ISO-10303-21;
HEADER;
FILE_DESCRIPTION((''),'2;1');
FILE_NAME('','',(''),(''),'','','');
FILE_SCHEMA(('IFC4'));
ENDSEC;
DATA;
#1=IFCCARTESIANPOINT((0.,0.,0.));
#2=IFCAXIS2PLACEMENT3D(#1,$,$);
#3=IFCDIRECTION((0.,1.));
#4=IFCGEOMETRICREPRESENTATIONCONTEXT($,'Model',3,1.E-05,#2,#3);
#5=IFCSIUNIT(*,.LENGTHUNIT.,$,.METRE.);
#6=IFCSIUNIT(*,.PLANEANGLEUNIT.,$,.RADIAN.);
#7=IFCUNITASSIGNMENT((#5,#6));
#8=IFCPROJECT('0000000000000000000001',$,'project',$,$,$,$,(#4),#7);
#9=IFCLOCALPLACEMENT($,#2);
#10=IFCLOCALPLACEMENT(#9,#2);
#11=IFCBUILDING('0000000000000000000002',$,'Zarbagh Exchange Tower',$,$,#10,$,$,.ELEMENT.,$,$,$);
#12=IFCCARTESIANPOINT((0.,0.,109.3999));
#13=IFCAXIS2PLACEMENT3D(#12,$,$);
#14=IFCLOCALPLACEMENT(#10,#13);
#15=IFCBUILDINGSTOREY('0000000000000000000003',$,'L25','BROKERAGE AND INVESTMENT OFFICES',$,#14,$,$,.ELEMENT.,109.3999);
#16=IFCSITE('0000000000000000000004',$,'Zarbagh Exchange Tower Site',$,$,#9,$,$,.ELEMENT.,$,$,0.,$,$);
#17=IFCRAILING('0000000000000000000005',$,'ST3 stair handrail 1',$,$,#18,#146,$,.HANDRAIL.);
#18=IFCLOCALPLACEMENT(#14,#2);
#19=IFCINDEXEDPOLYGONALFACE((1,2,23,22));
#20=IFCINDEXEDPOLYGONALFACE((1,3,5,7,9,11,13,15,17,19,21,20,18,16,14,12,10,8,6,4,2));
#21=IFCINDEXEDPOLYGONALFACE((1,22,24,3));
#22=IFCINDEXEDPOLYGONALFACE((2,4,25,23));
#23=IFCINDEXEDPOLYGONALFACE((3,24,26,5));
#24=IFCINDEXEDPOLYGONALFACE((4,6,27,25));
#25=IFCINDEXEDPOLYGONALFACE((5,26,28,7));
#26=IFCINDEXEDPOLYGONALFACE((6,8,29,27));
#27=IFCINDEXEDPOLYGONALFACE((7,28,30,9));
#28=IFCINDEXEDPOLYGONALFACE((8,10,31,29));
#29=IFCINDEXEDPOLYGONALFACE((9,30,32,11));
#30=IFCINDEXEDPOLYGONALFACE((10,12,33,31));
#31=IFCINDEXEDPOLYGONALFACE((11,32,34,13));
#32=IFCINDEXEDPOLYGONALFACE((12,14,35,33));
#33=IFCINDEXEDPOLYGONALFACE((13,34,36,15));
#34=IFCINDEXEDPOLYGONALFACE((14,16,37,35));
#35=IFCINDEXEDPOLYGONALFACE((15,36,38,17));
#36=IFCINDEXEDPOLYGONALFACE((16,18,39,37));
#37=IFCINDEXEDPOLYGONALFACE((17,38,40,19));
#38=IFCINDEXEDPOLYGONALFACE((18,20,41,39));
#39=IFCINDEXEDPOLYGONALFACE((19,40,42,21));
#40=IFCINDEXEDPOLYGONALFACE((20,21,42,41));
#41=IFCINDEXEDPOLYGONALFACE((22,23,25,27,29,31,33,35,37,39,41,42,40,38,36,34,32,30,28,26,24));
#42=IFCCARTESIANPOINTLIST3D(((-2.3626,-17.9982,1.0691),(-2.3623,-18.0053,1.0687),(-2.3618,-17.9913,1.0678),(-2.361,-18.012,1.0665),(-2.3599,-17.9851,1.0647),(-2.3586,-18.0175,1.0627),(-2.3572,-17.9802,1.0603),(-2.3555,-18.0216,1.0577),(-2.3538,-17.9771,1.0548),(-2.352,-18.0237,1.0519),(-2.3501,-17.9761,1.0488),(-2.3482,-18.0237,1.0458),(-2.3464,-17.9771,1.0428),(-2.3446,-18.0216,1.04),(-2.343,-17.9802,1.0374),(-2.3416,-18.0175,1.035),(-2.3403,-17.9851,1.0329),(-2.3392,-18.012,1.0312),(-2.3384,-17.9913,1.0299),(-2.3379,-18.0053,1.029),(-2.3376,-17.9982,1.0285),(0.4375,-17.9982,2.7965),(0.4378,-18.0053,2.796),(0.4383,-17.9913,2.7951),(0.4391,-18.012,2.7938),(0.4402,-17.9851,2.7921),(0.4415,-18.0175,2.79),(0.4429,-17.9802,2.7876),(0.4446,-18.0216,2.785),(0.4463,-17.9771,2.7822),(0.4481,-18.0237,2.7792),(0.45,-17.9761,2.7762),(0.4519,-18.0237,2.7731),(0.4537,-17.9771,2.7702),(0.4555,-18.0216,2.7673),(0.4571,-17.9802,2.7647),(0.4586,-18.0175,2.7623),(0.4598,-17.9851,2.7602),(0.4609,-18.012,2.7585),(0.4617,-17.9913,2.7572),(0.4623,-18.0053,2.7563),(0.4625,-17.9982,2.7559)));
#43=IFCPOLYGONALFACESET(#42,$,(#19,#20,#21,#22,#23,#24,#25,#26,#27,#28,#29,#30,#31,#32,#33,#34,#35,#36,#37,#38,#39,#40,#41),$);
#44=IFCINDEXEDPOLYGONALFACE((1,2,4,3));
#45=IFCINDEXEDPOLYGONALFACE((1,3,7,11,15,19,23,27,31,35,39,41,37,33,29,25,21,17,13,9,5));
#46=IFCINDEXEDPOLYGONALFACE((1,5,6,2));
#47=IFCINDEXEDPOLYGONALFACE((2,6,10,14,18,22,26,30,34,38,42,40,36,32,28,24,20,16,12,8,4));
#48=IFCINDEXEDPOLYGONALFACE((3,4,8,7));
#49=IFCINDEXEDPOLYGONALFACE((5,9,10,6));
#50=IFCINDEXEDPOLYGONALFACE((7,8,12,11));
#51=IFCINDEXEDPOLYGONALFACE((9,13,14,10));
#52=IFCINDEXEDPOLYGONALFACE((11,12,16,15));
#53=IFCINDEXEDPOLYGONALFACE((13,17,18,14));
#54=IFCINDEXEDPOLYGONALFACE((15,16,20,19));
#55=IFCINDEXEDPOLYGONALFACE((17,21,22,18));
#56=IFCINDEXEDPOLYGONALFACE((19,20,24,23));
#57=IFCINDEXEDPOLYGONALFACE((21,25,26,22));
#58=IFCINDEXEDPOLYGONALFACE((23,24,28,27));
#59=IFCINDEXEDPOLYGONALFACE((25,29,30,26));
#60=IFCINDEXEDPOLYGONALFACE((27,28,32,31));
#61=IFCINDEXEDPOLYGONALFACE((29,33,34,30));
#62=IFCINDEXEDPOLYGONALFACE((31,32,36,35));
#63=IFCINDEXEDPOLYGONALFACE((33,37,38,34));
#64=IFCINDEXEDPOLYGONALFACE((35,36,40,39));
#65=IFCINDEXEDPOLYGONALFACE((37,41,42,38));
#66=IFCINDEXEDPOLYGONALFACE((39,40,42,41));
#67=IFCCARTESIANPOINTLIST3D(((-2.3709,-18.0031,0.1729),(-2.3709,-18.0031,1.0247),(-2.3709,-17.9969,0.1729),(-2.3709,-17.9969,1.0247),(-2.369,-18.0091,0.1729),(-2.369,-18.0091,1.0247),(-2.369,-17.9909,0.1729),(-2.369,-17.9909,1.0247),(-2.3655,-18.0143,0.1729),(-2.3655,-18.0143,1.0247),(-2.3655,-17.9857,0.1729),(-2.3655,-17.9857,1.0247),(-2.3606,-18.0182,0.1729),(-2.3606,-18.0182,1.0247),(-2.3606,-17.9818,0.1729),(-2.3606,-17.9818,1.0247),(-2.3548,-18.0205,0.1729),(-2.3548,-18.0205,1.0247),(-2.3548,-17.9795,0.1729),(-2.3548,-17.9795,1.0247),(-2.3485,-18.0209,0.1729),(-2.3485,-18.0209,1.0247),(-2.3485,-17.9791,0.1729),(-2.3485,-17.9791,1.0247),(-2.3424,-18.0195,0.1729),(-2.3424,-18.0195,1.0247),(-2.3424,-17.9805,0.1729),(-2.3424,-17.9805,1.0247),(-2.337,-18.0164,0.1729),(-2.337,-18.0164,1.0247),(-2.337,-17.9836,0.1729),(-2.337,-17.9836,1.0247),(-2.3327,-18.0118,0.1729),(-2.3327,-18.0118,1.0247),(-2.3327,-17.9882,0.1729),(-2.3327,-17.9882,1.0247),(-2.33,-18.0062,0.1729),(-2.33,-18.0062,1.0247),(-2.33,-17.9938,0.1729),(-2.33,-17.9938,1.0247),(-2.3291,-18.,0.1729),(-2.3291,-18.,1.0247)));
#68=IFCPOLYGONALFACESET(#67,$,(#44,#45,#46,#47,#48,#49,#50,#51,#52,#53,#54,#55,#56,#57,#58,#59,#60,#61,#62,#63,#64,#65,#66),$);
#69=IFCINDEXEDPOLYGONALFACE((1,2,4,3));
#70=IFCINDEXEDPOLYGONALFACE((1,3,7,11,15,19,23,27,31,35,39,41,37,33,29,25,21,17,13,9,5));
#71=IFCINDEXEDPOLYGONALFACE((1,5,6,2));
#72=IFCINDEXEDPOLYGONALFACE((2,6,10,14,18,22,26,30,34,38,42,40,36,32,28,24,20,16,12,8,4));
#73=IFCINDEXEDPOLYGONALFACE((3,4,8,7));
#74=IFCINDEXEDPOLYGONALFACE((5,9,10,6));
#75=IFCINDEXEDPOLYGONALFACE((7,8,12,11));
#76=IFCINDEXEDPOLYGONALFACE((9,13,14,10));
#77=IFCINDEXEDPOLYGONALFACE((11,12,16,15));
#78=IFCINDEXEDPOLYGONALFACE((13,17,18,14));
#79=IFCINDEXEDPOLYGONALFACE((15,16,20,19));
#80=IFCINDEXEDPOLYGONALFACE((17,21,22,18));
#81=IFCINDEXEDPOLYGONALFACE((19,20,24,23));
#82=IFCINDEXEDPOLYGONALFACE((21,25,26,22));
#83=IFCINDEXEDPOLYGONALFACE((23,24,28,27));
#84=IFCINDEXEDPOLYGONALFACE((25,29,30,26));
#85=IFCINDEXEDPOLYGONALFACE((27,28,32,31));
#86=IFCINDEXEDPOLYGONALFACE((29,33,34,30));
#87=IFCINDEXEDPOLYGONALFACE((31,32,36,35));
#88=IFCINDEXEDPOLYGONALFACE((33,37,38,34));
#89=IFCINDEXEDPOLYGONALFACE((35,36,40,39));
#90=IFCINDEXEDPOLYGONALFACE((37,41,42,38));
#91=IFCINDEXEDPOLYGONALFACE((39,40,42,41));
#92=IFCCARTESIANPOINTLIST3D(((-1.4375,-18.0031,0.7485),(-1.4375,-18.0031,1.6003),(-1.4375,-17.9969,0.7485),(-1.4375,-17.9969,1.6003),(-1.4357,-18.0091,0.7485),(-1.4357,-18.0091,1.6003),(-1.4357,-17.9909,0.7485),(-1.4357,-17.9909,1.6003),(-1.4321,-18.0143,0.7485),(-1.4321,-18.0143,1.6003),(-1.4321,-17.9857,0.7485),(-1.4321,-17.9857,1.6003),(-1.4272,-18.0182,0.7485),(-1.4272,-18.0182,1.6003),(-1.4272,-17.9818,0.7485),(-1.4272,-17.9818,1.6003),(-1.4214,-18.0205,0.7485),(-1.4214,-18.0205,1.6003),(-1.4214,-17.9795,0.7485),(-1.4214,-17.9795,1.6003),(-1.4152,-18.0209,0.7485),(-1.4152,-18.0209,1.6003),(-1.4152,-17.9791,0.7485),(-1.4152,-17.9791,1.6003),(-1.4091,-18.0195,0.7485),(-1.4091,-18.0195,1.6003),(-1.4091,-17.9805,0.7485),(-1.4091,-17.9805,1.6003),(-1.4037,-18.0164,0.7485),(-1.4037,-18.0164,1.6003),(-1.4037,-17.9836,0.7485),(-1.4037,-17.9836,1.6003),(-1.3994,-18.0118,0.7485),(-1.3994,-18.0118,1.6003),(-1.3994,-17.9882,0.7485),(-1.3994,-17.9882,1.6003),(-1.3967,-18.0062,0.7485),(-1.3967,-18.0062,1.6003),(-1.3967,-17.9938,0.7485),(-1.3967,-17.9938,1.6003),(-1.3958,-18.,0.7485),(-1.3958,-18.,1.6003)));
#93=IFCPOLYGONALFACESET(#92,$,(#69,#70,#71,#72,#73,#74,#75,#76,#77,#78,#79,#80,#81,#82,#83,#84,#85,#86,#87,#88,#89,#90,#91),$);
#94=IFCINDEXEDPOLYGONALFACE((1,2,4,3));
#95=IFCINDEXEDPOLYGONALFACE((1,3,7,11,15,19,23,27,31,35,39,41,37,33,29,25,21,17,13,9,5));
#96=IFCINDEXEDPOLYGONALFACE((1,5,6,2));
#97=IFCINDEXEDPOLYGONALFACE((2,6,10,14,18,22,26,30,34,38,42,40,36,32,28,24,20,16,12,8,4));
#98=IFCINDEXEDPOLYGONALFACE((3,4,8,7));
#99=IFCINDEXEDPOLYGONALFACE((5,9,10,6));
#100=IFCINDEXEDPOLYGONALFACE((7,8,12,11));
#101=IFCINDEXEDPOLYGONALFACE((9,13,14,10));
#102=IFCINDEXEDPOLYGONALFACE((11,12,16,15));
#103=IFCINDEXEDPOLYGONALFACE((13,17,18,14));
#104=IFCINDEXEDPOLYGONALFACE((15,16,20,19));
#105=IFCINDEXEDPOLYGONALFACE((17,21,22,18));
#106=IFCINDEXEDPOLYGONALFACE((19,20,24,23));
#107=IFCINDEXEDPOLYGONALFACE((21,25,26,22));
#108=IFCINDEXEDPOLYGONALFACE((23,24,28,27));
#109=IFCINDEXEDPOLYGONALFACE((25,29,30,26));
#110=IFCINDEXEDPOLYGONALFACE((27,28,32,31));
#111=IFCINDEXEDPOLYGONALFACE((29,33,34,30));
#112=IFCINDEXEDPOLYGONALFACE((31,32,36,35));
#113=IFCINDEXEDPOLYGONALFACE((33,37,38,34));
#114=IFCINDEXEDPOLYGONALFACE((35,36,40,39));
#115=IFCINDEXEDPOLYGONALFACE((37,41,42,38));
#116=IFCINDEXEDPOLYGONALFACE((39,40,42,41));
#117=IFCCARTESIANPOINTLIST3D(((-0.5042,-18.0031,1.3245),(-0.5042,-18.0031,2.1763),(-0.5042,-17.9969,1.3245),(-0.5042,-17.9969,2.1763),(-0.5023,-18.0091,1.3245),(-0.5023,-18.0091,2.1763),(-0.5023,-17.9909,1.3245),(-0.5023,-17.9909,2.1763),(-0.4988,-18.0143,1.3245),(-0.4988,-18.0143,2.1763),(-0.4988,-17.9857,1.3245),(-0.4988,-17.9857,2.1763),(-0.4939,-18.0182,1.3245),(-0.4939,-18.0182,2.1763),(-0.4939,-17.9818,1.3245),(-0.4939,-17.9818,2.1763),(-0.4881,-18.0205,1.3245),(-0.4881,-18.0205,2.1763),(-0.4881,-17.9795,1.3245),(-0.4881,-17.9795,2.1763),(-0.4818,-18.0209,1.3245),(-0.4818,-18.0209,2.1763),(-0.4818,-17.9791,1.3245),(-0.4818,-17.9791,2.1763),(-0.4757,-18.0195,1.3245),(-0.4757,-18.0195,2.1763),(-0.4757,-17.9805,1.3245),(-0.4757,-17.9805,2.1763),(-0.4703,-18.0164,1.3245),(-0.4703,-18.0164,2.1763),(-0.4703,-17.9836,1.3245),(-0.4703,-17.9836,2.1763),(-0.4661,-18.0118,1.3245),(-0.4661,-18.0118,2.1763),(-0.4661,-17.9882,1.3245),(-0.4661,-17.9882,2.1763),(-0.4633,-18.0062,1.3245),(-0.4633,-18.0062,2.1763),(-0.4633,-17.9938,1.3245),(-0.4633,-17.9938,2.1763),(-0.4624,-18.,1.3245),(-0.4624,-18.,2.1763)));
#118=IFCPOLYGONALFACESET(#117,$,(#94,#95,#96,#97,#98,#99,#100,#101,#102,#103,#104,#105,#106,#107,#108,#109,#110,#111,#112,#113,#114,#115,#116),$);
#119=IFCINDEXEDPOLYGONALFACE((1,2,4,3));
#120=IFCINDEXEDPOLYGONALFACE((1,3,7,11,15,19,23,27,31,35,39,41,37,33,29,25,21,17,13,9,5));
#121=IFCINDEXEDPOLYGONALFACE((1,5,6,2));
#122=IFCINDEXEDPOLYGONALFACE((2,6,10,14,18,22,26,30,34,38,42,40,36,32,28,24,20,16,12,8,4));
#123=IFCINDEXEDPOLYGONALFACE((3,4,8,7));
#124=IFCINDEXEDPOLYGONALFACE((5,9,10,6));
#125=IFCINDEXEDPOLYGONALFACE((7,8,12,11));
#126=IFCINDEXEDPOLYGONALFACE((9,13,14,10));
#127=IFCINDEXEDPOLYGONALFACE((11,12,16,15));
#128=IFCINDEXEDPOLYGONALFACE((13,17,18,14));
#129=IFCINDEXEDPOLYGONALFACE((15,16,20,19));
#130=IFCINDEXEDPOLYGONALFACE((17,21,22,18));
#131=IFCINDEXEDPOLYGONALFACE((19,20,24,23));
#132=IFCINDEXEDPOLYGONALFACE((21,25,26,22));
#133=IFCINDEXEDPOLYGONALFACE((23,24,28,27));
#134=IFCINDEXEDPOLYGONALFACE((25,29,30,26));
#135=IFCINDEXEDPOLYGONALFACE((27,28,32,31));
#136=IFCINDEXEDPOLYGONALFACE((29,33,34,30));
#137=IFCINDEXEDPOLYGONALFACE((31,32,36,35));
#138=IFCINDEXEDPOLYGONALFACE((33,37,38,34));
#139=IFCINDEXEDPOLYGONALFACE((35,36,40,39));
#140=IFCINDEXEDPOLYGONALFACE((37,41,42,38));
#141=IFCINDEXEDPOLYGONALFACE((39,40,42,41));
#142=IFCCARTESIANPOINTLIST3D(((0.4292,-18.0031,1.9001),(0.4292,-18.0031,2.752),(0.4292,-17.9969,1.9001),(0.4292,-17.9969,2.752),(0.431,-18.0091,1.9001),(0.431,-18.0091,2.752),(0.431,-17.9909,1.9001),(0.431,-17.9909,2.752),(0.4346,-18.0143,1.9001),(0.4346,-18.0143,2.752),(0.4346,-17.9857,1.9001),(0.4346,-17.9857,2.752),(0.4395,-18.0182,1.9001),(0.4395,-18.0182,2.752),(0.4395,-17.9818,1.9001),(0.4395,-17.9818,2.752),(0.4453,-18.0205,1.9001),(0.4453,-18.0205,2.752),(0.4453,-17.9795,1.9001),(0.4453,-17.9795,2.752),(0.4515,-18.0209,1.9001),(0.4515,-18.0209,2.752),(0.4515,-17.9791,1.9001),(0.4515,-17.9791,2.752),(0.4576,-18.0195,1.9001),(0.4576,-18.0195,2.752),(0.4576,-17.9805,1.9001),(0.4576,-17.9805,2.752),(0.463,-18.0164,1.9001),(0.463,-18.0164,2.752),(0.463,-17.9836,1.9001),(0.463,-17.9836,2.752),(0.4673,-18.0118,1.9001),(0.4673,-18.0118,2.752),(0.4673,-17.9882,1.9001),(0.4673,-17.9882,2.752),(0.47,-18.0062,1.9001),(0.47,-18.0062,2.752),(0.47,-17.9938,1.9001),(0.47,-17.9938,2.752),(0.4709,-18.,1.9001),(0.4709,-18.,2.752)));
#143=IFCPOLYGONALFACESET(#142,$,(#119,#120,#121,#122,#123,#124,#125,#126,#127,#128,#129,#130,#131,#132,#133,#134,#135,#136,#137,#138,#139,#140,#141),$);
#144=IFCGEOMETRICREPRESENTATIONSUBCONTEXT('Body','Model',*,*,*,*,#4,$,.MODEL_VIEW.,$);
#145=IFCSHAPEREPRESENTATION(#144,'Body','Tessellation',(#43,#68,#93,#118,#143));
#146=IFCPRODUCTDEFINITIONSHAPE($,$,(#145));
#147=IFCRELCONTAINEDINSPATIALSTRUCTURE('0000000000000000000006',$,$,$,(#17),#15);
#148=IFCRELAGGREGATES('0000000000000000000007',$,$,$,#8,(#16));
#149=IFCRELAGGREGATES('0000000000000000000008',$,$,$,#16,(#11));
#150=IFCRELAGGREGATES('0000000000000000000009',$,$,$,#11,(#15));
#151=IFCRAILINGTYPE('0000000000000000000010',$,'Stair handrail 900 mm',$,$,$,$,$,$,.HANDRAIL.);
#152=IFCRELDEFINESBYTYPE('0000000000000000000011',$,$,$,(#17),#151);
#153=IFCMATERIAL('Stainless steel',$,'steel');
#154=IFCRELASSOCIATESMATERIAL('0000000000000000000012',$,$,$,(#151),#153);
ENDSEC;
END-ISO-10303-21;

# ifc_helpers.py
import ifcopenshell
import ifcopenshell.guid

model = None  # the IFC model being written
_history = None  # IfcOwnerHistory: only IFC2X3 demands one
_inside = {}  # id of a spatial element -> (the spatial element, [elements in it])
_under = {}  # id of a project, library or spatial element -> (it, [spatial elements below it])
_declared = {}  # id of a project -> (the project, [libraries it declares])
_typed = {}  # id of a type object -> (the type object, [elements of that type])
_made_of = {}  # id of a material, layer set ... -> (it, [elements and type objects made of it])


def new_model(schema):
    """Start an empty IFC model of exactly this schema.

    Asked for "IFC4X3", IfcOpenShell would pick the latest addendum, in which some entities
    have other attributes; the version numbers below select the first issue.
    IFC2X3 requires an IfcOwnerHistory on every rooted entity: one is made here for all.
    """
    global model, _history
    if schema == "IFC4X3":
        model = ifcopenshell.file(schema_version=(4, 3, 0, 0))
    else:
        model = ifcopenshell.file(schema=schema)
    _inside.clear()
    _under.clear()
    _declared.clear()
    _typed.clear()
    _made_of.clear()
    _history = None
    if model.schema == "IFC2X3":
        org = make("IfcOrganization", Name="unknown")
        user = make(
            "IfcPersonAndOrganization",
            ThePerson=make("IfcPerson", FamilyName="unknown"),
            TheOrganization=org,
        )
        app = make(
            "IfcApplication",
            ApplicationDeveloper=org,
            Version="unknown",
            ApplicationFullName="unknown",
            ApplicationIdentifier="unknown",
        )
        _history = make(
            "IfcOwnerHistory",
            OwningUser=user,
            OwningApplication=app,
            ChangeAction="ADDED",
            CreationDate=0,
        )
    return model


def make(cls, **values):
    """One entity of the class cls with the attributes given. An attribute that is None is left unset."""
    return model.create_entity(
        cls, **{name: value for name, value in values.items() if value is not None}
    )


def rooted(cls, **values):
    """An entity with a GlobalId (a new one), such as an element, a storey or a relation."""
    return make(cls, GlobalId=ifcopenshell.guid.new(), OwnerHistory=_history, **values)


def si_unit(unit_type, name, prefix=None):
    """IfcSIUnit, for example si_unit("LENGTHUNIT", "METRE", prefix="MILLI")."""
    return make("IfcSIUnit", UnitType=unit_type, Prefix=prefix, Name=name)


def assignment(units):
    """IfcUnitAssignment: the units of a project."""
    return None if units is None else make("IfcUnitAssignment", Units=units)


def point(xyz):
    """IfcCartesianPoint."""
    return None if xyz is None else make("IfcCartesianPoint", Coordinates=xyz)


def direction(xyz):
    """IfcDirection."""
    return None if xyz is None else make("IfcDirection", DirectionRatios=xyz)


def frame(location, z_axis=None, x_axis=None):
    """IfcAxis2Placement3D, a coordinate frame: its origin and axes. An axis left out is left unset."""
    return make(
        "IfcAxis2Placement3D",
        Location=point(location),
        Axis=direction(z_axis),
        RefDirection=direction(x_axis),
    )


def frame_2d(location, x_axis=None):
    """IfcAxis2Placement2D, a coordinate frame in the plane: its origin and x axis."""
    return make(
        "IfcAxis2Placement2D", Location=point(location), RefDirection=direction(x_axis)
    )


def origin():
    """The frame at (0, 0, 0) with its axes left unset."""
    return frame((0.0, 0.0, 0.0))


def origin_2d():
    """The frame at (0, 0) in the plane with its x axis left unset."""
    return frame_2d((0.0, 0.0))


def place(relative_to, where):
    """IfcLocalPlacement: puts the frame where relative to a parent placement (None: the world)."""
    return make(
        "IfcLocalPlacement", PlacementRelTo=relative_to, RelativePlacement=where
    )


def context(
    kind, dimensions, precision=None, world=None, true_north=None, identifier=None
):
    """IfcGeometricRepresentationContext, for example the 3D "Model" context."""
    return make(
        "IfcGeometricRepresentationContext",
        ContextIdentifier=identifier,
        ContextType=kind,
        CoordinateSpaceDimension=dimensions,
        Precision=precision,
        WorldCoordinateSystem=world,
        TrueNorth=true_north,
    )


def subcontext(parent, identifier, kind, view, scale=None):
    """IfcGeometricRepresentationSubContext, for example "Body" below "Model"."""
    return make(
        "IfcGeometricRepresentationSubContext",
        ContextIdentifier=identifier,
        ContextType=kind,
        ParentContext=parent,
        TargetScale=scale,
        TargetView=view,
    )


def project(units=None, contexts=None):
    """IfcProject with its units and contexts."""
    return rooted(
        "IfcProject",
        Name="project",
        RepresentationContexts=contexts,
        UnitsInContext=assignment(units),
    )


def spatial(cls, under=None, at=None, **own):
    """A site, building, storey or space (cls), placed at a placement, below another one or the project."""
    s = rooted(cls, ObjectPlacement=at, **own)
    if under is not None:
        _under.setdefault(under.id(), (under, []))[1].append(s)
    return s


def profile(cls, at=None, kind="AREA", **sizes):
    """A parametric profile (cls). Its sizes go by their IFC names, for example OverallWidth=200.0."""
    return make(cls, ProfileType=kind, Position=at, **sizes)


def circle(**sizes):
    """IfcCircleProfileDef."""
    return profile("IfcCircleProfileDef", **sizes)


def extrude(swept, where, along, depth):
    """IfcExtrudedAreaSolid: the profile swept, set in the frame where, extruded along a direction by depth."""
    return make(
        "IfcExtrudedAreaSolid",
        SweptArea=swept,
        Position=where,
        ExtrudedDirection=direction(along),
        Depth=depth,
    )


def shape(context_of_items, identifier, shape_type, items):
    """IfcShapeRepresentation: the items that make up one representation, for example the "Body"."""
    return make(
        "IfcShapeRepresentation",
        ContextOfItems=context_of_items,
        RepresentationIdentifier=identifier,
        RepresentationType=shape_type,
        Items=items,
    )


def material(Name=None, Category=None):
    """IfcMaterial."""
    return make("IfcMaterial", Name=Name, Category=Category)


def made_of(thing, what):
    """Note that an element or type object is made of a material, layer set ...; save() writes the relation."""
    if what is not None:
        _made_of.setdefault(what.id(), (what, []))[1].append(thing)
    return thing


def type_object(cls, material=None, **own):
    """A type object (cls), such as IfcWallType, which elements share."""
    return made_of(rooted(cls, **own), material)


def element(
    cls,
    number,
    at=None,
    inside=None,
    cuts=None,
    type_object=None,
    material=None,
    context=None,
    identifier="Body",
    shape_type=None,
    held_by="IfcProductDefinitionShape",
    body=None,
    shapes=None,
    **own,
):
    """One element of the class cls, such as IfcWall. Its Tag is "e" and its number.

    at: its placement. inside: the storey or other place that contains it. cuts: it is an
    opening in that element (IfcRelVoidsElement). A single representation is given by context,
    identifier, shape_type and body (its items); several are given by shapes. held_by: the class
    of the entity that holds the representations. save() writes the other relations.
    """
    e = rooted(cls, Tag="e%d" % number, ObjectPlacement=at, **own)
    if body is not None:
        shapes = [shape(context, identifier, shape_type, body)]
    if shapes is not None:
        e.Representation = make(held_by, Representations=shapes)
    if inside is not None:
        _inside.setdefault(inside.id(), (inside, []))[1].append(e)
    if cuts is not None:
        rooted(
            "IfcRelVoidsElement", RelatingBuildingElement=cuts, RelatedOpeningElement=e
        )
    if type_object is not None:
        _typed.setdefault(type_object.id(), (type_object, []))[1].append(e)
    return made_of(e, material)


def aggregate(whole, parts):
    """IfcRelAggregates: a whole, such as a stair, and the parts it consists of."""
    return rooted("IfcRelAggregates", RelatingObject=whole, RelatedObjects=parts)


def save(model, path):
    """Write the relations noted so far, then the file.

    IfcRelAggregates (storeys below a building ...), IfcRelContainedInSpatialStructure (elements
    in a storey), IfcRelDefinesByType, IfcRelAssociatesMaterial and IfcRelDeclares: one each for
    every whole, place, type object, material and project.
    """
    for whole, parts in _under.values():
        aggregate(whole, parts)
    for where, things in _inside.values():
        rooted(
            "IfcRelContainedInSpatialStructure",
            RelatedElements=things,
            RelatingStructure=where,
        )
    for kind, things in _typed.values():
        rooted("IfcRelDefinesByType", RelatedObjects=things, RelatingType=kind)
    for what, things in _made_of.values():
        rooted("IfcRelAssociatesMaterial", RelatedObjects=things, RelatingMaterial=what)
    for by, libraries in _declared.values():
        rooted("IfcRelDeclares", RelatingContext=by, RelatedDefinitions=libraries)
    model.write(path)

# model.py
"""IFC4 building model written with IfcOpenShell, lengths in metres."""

from ifc_helpers import new_model, si_unit, direction, frame, origin, origin_2d, place, context, subcontext, project, spatial, circle, extrude, material, type_object, element, save


model = new_model("IFC4")

# Units and contexts
model_context = context("Model", 3, precision=1e-05, world=origin(), true_north=direction((0.0, 1.0)))
body_context = subcontext(model_context, "Body", "Model", "MODEL_VIEW")
ifc_project = project(units=[si_unit("LENGTHUNIT", "METRE"), si_unit("PLANEANGLEUNIT", "RADIAN")], contexts=[model_context])

# Site, building, storey
site_placement = place(None, origin())
site = spatial("IfcSite", under=ifc_project, at=site_placement, Name="Zarbagh Exchange Tower Site", CompositionType="ELEMENT", RefElevation=0.0)
building_placement = place(site_placement, origin())
building = spatial("IfcBuilding", under=site, at=building_placement, Name="Zarbagh Exchange Tower", CompositionType="ELEMENT")
storey_placement = place(building_placement, frame((0.0, 0.0, 109.3999)))
storey = spatial("IfcBuildingStorey", under=building, at=storey_placement, Name="L25", Description="BROKERAGE AND INVESTMENT OFFICES", CompositionType="ELEMENT", Elevation=109.3999)

# Shared definitions
ifc_material_1 = material(Name="Stainless steel", Category="steel")

# Railing
railing_type = type_object("IfcRailingType", Name="Stair handrail 900 mm", PredefinedType="HANDRAIL", material=ifc_material_1)
for number, where, name in (
    (1, (-2.3501, -18.0, 0.1729), "ST3 stair handrail 1"),
):
    element("IfcRailing", number, at=place(storey_placement, frame(where)), inside=storey, type_object=railing_type, Name=name, PredefinedType="HANDRAIL", context=body_context, shape_type="SweptSolid", body=[
        extrude(circle(Radius=0.0239, at=origin_2d()), frame((0.0, 0.0, 0.876), z_axis=(0.85109, 0.0, 0.52502), x_axis=(0.0, 1.0, 0.0)), (0.0, 0.0, 1.0), 3.29),
        extrude(circle(Radius=0.021, at=origin_2d()), origin(), (0.0, 0.0, 1.0), 0.8518),
        extrude(circle(Radius=0.021, at=origin_2d()), frame((0.9333, 0.0, 0.5757)), (0.0, 0.0, 1.0), 0.8518),
        extrude(circle(Radius=0.021, at=origin_2d()), frame((1.8667, 0.0, 1.1516)), (0.0, 0.0, 1.0), 0.8518),
        extrude(circle(Radius=0.021, at=origin_2d()), frame((2.8, 0.0, 1.7273)), (0.0, 0.0, 1.0), 0.8518),
    ])

save(model, "model.ifc")
